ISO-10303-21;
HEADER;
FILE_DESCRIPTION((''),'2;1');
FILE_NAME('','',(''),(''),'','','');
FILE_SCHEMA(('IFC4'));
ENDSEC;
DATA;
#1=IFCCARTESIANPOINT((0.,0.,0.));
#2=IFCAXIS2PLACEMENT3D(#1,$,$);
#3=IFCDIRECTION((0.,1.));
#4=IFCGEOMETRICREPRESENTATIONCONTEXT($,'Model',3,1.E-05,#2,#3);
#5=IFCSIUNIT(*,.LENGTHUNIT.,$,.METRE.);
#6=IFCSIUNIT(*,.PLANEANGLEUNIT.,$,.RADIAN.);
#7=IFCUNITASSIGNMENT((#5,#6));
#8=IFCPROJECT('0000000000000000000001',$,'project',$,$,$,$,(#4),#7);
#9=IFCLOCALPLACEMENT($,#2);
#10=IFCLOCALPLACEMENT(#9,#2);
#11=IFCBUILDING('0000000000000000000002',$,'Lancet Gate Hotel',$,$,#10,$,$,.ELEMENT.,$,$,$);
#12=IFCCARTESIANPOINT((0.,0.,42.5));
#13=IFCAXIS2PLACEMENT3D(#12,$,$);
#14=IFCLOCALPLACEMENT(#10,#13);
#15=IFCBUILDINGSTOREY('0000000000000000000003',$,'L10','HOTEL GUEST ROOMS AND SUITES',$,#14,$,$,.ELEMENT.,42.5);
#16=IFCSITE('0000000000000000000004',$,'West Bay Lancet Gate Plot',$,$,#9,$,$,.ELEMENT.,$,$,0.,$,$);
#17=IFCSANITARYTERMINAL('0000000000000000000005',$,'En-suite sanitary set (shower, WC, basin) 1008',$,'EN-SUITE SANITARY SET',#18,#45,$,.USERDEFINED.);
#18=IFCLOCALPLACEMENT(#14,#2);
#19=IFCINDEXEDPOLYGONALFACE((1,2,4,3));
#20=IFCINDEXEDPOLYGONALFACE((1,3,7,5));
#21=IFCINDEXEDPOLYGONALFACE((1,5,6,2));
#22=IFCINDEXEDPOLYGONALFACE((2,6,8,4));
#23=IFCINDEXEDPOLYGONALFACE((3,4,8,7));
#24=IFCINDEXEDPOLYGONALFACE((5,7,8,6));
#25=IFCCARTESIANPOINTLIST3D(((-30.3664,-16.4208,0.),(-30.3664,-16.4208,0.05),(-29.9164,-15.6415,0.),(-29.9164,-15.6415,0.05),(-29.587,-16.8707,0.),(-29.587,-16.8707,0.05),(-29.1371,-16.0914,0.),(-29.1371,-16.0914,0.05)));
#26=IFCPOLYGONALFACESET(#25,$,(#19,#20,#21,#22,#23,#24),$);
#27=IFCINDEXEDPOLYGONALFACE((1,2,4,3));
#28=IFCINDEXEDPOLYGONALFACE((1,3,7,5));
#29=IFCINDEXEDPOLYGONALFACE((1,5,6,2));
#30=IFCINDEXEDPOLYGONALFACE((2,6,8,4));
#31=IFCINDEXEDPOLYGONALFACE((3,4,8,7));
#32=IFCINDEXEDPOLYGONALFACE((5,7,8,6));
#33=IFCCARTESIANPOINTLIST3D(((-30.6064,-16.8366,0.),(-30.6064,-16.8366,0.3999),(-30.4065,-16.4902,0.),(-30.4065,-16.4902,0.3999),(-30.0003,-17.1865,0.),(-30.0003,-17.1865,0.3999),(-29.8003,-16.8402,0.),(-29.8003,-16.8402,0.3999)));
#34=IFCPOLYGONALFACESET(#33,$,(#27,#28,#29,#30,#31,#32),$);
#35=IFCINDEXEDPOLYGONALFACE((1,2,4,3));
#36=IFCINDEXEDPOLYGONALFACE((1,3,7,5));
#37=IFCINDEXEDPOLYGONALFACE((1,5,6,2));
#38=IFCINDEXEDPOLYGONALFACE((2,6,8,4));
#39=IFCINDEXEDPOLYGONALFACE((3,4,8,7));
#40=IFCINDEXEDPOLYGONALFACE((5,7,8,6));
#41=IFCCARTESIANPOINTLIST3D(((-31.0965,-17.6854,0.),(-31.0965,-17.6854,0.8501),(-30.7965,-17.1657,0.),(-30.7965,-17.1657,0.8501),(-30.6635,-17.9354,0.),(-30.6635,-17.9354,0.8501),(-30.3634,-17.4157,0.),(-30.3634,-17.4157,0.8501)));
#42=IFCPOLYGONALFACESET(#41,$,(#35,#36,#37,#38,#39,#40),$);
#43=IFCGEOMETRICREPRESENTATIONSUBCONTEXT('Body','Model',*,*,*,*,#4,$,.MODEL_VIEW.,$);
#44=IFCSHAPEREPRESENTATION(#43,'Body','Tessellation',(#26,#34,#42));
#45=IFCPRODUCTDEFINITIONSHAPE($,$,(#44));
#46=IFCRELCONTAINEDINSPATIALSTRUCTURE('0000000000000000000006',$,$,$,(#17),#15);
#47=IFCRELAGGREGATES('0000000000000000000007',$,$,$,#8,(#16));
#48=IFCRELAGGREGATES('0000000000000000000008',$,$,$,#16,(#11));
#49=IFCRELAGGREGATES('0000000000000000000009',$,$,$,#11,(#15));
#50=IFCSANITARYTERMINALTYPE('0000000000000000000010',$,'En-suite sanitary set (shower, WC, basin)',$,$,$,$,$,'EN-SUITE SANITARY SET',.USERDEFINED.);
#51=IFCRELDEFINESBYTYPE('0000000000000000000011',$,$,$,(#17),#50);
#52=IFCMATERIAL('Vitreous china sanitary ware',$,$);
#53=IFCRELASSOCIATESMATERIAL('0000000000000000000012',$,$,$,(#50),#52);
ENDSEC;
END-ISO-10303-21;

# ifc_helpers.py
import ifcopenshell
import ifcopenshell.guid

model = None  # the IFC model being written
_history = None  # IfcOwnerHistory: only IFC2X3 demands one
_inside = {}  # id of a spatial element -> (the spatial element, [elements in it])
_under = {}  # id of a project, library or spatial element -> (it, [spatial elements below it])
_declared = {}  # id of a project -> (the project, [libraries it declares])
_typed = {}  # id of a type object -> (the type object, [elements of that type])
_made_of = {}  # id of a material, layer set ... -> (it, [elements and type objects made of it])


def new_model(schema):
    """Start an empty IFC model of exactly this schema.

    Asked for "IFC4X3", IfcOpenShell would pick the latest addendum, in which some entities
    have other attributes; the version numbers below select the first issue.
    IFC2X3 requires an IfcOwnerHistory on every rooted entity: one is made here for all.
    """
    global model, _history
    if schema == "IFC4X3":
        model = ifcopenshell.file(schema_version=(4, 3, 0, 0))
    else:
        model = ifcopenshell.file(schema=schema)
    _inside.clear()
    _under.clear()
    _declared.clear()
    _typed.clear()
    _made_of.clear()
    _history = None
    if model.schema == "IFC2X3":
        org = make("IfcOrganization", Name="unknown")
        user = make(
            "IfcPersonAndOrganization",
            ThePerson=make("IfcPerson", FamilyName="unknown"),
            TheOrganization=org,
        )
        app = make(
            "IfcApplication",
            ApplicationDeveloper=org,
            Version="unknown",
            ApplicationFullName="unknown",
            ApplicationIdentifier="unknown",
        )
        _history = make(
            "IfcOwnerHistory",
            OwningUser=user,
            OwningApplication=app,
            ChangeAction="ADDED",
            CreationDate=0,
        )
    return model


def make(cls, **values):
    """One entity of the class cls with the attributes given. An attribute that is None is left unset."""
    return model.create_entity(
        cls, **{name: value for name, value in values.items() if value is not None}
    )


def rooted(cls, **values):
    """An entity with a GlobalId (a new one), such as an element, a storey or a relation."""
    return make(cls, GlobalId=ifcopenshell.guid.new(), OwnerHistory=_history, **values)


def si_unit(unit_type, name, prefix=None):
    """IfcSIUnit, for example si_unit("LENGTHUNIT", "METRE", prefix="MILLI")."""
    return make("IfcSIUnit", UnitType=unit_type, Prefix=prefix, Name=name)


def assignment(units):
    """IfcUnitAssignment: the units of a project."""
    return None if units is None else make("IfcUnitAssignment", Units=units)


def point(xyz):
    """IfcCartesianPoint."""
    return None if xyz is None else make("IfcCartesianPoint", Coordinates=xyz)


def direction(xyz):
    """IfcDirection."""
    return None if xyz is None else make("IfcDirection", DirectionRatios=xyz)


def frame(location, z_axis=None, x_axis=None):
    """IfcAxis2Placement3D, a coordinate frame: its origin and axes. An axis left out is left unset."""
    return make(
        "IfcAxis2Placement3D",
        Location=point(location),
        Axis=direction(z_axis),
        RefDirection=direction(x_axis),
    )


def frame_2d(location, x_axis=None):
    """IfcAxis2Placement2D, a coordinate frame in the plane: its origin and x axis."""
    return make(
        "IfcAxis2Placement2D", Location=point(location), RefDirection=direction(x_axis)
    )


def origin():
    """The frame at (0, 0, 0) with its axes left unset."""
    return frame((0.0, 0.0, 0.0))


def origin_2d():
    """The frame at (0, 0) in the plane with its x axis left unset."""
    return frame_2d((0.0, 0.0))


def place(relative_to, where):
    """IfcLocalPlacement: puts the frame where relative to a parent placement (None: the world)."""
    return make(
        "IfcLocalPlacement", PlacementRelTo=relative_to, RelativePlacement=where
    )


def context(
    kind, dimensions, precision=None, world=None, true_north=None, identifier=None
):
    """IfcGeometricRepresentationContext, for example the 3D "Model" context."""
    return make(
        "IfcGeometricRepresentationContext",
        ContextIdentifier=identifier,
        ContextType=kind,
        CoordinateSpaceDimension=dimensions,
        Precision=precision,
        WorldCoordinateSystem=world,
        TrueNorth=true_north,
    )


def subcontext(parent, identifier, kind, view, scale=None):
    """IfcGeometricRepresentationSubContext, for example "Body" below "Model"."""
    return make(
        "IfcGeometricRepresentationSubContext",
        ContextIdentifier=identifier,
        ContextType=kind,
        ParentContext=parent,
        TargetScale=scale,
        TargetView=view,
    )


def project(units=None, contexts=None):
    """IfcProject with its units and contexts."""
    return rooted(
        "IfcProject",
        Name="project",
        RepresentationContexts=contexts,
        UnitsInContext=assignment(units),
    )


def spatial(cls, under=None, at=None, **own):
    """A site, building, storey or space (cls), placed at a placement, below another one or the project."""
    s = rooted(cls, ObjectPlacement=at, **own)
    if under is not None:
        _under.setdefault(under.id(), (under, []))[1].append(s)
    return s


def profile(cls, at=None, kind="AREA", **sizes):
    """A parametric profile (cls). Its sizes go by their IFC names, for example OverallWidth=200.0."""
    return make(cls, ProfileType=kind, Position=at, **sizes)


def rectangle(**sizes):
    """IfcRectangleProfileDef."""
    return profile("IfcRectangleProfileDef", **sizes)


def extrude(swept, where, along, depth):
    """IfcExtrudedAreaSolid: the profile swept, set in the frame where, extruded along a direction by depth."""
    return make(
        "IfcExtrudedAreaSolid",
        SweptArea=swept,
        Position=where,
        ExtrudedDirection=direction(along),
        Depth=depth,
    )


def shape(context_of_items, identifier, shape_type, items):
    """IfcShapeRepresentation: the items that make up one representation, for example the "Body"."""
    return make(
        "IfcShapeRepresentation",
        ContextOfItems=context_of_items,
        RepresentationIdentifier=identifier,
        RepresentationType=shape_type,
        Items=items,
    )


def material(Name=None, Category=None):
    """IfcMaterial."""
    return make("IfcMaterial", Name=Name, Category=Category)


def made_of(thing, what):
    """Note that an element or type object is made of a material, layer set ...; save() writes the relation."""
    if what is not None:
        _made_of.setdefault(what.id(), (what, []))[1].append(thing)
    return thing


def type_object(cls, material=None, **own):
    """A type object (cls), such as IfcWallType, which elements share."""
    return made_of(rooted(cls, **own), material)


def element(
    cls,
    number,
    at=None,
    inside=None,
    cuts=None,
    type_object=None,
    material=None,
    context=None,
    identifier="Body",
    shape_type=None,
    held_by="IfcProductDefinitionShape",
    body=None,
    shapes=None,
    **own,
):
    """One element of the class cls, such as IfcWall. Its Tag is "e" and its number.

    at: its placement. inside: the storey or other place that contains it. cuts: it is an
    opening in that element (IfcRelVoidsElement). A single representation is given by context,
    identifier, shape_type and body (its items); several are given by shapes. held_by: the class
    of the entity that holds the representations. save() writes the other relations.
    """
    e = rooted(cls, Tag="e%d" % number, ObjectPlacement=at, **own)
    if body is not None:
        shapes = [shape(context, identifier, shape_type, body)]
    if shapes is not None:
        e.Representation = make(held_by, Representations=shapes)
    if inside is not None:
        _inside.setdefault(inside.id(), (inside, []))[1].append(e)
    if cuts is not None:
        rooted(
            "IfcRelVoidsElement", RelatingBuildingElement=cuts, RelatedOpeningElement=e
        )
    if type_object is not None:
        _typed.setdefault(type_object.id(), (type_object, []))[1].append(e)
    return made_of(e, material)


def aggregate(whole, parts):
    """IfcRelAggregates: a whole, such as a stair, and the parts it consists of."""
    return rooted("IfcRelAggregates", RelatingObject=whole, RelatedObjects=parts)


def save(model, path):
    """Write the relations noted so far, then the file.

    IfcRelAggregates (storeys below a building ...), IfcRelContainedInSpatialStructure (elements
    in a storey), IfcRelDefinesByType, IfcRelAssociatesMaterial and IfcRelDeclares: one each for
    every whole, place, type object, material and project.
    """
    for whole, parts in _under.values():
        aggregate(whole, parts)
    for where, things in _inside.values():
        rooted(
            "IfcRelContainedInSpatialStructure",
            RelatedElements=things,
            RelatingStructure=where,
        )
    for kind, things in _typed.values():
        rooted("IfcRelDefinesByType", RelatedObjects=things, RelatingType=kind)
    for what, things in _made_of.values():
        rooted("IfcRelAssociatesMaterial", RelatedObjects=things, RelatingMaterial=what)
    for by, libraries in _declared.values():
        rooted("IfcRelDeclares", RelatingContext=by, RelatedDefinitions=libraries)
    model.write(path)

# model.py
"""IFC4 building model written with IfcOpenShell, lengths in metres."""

from ifc_helpers import new_model, si_unit, direction, frame, origin, origin_2d, place, context, subcontext, project, spatial, rectangle, extrude, material, type_object, element, save


model = new_model("IFC4")

# Units and contexts
model_context = context("Model", 3, precision=1e-05, world=origin(), true_north=direction((0.0, 1.0)))
body_context = subcontext(model_context, "Body", "Model", "MODEL_VIEW")
ifc_project = project(units=[si_unit("LENGTHUNIT", "METRE"), si_unit("PLANEANGLEUNIT", "RADIAN")], contexts=[model_context])

# Site, building, storey
site_placement = place(None, origin())
site = spatial("IfcSite", under=ifc_project, at=site_placement, Name="West Bay Lancet Gate Plot", CompositionType="ELEMENT", RefElevation=0.0)
building_placement = place(site_placement, origin())
building = spatial("IfcBuilding", under=site, at=building_placement, Name="Lancet Gate Hotel", CompositionType="ELEMENT")
storey_placement = place(building_placement, frame((0.0, 0.0, 42.5)))
storey = spatial("IfcBuildingStorey", under=building, at=storey_placement, Name="L10", Description="HOTEL GUEST ROOMS AND SUITES", CompositionType="ELEMENT", Elevation=42.5)

# Sanitary terminal
ifc_material_1 = material(Name="Vitreous china sanitary ware")
sanitary_terminal_type = type_object("IfcSanitaryTerminalType", Name="En-suite sanitary set (shower, WC, basin)", ElementType="EN-SUITE SANITARY SET", PredefinedType="USERDEFINED", material=ifc_material_1)
sanitary_terminal_placement = place(storey_placement, frame((-29.7517, -16.2561, 0.0), z_axis=(0.0, 0.0, 1.0), x_axis=(1.0, 0.0, 0.0)))
element("IfcSanitaryTerminal", 1, at=sanitary_terminal_placement, inside=storey, type_object=sanitary_terminal_type, Name="En-suite sanitary set (shower, WC, basin) 1008", ObjectType="EN-SUITE SANITARY SET", PredefinedType="USERDEFINED", context=body_context, shape_type="SweptSolid", body=[
    extrude(rectangle(XDim=0.8999, YDim=0.8999, at=origin_2d()), frame((0.0, 0.0, 0.0), z_axis=(0.0, 0.0, 1.0), x_axis=(0.5, 0.866025, 0.0)), (0.0, 0.0, 1.0), 0.05),
    extrude(rectangle(XDim=0.3999, YDim=0.7, at=origin_2d()), frame((-0.4517, -0.5823, 0.0), z_axis=(0.0, 0.0, 1.0), x_axis=(0.5, 0.866025, 0.0)), (0.0, 0.0, 1.0), 0.3999),
    extrude(rectangle(XDim=0.6001, YDim=0.5, at=origin_2d()), frame((-0.9783, -1.2944, 0.0), z_axis=(0.0, 0.0, 1.0), x_axis=(0.5, 0.866025, 0.0)), (0.0, 0.0, 1.0), 0.8501),
])

save(model, "model.ifc")
